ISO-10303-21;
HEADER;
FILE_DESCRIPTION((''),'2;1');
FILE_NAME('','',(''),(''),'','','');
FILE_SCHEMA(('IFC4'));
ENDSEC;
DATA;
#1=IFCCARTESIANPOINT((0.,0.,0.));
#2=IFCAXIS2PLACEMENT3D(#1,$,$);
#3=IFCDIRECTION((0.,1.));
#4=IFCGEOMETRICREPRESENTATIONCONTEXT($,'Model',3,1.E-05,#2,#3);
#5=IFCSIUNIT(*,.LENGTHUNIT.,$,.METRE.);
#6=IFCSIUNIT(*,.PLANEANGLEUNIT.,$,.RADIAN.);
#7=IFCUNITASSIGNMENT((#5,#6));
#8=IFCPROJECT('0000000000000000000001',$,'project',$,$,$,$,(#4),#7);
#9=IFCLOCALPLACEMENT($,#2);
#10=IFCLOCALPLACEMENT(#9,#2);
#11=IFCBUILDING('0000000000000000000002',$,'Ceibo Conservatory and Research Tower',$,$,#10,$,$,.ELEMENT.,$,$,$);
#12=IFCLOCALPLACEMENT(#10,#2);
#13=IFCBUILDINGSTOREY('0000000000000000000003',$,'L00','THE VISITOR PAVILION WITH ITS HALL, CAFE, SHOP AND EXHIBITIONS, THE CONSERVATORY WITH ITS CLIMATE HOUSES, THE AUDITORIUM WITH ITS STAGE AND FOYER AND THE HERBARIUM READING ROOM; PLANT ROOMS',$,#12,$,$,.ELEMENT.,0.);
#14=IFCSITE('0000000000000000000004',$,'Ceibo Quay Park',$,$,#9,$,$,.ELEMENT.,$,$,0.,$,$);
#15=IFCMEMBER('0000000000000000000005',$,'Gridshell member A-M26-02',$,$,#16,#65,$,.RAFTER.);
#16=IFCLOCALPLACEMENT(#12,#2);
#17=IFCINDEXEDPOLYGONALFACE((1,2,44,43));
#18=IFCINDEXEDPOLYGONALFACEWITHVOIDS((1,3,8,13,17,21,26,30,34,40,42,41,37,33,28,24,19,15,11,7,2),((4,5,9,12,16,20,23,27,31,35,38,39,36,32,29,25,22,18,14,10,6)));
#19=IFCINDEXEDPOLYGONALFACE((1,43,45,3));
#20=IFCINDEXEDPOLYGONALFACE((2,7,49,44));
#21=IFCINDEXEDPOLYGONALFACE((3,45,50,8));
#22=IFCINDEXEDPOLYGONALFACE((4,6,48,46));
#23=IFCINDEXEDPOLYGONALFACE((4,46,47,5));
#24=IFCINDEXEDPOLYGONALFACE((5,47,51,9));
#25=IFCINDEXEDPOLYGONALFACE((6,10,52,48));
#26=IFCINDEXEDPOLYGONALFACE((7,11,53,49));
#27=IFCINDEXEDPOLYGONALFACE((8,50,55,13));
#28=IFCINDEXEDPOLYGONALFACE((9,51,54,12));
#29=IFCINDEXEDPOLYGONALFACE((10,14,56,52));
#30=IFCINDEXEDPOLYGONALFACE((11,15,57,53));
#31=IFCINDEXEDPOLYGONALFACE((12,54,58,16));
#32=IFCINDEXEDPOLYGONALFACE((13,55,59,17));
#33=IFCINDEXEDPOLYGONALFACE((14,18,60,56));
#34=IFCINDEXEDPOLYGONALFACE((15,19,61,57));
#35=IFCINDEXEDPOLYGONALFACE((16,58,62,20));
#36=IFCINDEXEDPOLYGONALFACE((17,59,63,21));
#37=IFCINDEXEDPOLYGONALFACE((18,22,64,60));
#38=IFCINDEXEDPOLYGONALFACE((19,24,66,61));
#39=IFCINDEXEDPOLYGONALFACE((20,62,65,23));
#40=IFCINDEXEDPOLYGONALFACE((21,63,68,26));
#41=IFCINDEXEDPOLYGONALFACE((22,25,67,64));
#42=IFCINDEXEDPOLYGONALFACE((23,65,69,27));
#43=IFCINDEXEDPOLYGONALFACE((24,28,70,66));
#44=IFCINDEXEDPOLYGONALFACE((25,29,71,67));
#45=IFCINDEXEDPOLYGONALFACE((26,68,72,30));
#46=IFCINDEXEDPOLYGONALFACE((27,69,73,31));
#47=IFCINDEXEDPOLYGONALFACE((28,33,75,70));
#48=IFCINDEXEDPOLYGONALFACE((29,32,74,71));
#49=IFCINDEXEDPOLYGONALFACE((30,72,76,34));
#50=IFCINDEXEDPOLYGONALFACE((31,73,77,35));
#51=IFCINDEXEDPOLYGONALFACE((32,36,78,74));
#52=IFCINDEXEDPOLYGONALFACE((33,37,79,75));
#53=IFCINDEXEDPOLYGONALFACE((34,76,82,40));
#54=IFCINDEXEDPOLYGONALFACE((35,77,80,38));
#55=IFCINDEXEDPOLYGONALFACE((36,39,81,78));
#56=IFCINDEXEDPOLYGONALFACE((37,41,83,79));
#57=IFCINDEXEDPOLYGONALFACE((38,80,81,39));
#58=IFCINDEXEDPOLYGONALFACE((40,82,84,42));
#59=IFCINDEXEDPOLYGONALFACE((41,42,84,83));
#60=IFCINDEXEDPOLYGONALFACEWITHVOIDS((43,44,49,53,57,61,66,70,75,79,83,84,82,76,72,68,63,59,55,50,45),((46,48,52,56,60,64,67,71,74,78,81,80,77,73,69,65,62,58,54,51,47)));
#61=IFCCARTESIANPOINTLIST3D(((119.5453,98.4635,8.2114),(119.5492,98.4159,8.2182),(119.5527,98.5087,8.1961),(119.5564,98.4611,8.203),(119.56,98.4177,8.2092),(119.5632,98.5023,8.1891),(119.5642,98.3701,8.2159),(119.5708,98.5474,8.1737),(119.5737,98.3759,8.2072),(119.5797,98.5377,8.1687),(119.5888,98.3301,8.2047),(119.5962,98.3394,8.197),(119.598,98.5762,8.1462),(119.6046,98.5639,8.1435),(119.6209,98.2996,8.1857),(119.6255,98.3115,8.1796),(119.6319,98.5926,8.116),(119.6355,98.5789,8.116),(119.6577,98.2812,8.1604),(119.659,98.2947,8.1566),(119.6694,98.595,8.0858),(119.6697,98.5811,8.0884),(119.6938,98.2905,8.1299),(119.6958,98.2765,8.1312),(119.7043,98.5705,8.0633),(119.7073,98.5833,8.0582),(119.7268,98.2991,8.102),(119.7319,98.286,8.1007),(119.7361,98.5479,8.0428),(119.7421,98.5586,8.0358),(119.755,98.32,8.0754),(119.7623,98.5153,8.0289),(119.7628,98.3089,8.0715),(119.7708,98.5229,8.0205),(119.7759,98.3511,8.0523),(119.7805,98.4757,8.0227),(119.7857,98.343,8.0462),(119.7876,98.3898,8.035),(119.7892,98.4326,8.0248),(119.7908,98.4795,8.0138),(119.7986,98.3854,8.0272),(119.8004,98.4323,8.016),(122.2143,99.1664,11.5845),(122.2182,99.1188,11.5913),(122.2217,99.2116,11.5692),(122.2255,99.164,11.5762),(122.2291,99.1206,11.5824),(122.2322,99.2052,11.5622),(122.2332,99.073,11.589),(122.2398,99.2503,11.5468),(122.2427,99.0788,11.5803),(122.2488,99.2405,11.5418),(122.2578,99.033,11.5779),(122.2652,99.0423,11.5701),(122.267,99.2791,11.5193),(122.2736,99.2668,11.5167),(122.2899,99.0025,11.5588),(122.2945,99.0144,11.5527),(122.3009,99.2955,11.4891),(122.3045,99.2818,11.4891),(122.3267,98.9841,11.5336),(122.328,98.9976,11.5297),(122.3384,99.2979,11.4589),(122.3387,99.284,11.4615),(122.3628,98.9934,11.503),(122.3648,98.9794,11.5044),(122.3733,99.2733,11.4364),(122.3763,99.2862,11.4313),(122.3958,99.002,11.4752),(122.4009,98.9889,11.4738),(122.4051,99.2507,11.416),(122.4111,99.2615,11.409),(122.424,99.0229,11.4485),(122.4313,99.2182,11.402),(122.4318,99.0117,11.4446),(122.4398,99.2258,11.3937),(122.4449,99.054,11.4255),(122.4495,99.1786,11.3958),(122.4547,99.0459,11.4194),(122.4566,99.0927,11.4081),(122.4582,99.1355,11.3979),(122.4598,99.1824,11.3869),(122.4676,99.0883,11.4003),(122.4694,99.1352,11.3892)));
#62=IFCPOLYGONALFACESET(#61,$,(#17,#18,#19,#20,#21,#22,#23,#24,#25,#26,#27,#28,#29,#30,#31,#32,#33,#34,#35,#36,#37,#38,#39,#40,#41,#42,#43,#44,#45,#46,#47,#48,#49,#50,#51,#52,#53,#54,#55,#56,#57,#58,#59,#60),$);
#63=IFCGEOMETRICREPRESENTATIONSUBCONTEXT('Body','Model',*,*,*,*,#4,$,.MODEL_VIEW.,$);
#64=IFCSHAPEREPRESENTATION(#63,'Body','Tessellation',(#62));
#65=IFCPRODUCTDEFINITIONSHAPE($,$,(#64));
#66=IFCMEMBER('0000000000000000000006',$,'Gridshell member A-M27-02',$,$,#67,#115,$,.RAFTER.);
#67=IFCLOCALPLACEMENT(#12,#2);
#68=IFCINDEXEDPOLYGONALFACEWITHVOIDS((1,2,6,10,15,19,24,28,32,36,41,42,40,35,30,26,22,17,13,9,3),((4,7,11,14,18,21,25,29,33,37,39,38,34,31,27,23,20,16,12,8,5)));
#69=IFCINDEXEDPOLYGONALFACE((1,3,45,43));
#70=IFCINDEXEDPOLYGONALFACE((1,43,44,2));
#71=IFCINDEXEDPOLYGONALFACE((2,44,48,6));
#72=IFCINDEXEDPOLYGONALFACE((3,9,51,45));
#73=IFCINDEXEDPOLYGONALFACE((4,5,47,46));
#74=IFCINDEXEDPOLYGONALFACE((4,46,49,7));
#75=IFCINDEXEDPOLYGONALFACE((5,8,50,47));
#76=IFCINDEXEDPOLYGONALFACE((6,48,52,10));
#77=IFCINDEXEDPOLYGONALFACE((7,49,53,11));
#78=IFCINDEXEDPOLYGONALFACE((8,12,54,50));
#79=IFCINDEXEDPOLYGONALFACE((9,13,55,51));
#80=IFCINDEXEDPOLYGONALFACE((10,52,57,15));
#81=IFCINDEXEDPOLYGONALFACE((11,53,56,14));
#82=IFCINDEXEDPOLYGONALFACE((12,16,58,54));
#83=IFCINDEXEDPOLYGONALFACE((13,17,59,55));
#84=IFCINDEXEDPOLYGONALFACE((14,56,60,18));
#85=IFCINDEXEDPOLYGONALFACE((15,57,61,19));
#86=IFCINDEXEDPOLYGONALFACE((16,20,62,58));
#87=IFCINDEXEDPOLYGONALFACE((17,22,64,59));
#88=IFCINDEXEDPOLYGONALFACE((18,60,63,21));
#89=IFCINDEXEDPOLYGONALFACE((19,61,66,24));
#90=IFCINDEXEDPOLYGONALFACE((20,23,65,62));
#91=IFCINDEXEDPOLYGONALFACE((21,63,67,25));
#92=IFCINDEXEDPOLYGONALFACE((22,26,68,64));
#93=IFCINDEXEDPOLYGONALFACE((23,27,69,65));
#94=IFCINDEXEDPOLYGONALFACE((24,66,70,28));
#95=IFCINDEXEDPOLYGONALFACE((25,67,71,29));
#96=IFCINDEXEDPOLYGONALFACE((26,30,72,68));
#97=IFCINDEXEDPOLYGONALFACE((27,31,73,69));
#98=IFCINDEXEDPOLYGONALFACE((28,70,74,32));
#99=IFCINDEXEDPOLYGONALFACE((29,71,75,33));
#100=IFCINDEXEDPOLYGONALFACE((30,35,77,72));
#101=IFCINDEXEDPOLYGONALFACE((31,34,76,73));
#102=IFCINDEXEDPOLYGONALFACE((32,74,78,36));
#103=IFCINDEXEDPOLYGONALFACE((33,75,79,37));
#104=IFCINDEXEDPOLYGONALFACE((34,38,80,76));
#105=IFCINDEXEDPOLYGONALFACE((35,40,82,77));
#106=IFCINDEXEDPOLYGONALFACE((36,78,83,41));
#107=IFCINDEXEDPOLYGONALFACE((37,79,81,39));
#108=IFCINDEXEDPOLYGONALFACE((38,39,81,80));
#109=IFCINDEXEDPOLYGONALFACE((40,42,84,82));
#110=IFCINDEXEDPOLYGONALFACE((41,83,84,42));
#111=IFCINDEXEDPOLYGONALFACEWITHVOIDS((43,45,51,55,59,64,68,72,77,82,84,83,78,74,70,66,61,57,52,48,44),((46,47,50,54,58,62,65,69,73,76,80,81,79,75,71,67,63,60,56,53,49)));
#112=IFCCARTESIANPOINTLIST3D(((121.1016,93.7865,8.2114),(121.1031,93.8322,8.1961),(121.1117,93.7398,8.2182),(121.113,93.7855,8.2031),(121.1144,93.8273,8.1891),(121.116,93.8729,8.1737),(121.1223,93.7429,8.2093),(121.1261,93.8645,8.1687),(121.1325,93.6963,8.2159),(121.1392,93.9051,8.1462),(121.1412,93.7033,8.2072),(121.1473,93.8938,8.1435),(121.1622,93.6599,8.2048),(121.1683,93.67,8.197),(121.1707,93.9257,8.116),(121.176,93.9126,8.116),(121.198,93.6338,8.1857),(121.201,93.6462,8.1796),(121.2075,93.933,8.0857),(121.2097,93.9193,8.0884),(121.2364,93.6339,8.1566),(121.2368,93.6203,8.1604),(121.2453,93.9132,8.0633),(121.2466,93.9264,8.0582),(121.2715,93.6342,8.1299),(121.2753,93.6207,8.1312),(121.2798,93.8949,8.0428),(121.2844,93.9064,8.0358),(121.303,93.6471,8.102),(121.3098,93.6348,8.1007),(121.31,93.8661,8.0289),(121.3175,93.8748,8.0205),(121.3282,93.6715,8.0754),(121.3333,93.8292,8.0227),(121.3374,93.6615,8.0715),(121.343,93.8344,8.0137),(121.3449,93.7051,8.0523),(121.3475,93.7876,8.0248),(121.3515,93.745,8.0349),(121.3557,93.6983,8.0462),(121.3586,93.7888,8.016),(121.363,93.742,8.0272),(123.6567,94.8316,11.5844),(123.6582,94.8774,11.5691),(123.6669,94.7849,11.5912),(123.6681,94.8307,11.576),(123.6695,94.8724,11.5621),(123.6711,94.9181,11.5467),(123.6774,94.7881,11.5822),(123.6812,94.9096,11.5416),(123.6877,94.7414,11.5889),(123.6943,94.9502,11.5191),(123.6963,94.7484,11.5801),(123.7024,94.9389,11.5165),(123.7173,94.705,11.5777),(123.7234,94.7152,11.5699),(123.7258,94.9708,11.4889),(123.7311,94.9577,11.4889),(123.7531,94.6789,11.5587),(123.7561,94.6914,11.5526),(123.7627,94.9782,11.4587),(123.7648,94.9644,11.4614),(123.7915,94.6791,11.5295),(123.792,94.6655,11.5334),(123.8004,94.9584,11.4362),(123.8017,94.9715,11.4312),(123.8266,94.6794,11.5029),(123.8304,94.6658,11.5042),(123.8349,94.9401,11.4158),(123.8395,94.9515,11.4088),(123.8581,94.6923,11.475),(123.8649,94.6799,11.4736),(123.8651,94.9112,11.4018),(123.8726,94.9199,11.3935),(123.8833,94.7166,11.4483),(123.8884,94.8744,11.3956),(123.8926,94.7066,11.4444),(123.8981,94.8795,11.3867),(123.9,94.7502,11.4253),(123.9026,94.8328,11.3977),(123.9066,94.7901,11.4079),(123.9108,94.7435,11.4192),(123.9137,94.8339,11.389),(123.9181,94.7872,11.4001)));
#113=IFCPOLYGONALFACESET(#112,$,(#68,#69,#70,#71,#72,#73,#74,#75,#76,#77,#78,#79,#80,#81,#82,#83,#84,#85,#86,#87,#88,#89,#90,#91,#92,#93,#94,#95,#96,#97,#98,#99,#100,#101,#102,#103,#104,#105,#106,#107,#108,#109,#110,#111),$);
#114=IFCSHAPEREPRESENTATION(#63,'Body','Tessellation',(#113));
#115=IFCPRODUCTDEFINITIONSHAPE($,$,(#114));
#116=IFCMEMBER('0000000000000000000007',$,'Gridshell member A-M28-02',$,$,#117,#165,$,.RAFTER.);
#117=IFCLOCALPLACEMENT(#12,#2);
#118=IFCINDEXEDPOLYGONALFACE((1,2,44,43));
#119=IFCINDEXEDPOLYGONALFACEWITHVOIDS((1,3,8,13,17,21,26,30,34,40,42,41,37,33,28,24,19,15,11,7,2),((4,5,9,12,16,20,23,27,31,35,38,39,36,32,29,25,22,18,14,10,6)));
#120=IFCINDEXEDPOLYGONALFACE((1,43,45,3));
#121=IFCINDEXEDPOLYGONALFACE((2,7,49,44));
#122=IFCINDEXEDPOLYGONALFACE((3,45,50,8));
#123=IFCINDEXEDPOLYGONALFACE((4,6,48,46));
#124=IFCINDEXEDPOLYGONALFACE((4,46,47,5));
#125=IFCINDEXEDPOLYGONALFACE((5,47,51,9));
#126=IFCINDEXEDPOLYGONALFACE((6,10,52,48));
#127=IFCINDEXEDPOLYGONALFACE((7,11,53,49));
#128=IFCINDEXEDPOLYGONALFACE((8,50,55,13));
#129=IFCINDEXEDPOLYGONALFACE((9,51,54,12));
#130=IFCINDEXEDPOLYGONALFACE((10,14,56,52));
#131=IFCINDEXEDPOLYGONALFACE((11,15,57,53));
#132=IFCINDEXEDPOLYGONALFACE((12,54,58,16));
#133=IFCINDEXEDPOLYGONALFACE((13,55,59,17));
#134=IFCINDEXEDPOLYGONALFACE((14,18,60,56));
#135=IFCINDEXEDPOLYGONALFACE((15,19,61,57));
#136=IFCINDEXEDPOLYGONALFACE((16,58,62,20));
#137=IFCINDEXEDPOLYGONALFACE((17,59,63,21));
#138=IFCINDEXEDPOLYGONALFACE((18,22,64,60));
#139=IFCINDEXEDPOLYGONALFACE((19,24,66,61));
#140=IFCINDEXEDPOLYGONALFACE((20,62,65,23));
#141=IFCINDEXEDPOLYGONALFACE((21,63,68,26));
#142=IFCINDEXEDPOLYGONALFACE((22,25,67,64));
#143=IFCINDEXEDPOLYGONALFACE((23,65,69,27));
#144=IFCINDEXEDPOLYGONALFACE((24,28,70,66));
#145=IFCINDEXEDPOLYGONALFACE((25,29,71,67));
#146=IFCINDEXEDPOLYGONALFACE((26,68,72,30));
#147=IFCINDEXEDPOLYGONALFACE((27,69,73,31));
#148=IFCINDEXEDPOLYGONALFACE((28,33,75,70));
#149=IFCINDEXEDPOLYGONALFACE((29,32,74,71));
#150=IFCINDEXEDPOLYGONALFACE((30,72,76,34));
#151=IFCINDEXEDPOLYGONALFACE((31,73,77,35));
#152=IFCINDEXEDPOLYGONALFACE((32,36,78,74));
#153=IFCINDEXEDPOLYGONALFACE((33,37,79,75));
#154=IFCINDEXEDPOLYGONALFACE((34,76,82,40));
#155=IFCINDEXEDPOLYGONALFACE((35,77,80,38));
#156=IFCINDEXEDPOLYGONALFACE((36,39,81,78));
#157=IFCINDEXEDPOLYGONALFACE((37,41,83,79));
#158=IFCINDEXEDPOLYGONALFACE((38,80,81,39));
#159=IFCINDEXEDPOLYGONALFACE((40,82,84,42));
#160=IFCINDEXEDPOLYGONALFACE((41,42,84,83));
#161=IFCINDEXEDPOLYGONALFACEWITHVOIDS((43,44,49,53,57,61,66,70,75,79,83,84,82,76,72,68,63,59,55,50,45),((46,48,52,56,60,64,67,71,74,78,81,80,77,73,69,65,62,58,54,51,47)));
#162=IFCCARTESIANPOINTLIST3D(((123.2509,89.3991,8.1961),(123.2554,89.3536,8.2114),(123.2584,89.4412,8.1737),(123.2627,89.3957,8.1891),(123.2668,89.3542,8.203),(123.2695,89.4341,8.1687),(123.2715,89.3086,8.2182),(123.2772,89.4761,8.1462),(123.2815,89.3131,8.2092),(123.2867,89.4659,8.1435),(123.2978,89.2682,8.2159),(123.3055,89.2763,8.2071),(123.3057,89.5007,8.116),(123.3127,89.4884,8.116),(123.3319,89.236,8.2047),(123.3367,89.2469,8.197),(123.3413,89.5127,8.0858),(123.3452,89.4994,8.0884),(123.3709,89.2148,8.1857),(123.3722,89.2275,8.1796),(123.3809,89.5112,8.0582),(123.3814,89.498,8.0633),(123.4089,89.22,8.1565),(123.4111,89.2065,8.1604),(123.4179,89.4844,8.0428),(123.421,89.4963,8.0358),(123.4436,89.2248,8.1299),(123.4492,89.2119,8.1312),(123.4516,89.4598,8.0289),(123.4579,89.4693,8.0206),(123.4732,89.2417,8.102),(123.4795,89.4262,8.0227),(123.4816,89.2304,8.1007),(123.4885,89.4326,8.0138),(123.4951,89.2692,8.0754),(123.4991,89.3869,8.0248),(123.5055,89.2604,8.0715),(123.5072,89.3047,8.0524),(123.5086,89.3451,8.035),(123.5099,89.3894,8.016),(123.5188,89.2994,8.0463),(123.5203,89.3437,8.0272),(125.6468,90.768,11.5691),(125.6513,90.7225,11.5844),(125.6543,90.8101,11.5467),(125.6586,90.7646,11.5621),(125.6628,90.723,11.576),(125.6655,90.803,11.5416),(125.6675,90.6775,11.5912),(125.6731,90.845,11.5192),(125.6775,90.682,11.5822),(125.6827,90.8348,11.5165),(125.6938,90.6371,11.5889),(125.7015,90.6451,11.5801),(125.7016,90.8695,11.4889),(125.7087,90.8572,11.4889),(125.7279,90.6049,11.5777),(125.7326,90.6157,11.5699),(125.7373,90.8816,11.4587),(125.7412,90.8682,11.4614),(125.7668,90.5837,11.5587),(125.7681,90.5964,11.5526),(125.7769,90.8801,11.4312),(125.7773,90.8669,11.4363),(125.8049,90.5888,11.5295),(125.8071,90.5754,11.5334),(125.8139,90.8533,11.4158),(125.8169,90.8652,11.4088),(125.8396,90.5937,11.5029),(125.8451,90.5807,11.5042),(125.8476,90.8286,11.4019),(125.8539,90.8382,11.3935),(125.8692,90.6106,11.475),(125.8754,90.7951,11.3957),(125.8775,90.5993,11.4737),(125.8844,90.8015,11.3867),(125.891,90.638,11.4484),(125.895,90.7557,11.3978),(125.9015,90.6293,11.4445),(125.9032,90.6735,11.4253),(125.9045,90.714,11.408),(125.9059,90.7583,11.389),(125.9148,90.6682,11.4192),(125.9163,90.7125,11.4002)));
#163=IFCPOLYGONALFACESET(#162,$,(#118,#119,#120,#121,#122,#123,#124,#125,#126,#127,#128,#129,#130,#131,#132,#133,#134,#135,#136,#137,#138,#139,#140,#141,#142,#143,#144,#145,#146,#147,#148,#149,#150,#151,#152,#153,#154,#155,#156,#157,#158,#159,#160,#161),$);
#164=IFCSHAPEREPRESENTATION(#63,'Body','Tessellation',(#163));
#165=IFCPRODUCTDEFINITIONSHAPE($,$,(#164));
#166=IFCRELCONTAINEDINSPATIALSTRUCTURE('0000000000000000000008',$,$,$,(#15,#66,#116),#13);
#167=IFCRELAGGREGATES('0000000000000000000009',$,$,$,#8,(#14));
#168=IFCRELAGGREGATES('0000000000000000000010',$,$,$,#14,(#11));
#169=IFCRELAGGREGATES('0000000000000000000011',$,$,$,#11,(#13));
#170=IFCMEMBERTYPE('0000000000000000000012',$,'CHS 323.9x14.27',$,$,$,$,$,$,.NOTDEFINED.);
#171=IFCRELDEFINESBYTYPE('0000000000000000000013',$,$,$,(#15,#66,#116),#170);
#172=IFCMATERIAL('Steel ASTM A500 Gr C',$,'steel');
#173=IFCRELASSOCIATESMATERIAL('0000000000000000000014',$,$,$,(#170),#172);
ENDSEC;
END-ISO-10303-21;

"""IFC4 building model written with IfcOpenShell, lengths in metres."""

from ifc_helpers import new_model, si_unit, direction, frame, origin, origin_2d, place, context, subcontext, project, spatial, hollow_circle, extrude, material, material_profile, profile_set, type_object, element, save


model = new_model("IFC4")

# Units and contexts
model_context = context("Model", 3, precision=1e-05, world=origin(), true_north=direction((0.0, 1.0)))
body_context = subcontext(model_context, "Body", "Model", "MODEL_VIEW")
ifc_project = project(units=[si_unit("LENGTHUNIT", "METRE"), si_unit("PLANEANGLEUNIT", "RADIAN")], contexts=[model_context])

# Site, building, storey
site_placement = place(None, origin())
site = spatial("IfcSite", under=ifc_project, at=site_placement, Name="Ceibo Quay Park", CompositionType="ELEMENT", RefElevation=0.0)
building_placement = place(site_placement, origin())
building = spatial("IfcBuilding", under=site, at=building_placement, Name="Ceibo Conservatory and Research Tower", CompositionType="ELEMENT")
storey_placement = place(building_placement, origin())
storey = spatial("IfcBuildingStorey", under=building, at=storey_placement, Name="L00", Description="THE VISITOR PAVILION WITH ITS HALL, CAFE, SHOP AND EXHIBITIONS, THE CONSERVATORY WITH ITS CLIMATE HOUSES, THE AUDITORIUM WITH ITS STAGE AND FOYER AND THE HERBARIUM READING ROOM; PLANT ROOMS", CompositionType="ELEMENT", Elevation=0.0)

# Members
ifc_material_1 = material(Name="Steel ASTM A500 Gr C", Category="steel")
ifc_material_profile_1 = material_profile(ifc_material_1, hollow_circle(Radius=0.1619, WallThickness=0.0142, at=origin_2d()), Name="CHS 323.9x14.27")
ifc_profile_set_1 = profile_set([ifc_material_profile_1], Name="Steel ASTM A500 Gr C")
member_type_1 = type_object("IfcMemberType", Name="CHS 323.9x14.27", PredefinedType="NOTDEFINED", material=ifc_profile_set_1)
member_1_placement = place(storey_placement, frame((119.6731, 98.436, 8.116), z_axis=(0.612383, 0.161274, 0.773937), x_axis=(-0.254672, 0.967028, 0.0)))
element("IfcMember", 1, at=member_1_placement, inside=storey, type_object=member_type_1, Name="Gridshell member A-M26-02", PredefinedType="RAFTER", context=body_context, shape_type="SweptSolid", body=[
    extrude(hollow_circle(Radius=0.1619, WallThickness=0.0142, at=origin_2d()), origin(), (0.0, 0.0, 1.0), 4.3584),
])
member_2_placement = place(storey_placement, frame((121.2319, 93.7759, 8.116), z_axis=(0.586217, 0.239785, 0.773856), x_axis=(-0.378592, 0.925564, 0.0)))
element("IfcMember", 2, at=member_2_placement, inside=storey, type_object=member_type_1, Name="Gridshell member A-M27-02", PredefinedType="RAFTER", context=body_context, shape_type="SweptSolid", body=[
    extrude(hollow_circle(Radius=0.1619, WallThickness=0.0142, at=origin_2d()), origin(), (0.0, 0.0, 1.0), 4.3586),
])
member_3_placement = place(storey_placement, frame((123.386, 89.3601, 8.116), z_axis=(0.549793, 0.314112, 0.773991), x_axis=(-0.496072, 0.868281, 0.0)))
element("IfcMember", 3, at=member_3_placement, inside=storey, type_object=member_type_1, Name="Gridshell member A-M28-02", PredefinedType="RAFTER", context=body_context, shape_type="SweptSolid", body=[
    extrude(hollow_circle(Radius=0.1619, WallThickness=0.0142, at=origin_2d()), origin(), (0.0, 0.0, 1.0), 4.3579),
])

save(model, "model.ifc")
